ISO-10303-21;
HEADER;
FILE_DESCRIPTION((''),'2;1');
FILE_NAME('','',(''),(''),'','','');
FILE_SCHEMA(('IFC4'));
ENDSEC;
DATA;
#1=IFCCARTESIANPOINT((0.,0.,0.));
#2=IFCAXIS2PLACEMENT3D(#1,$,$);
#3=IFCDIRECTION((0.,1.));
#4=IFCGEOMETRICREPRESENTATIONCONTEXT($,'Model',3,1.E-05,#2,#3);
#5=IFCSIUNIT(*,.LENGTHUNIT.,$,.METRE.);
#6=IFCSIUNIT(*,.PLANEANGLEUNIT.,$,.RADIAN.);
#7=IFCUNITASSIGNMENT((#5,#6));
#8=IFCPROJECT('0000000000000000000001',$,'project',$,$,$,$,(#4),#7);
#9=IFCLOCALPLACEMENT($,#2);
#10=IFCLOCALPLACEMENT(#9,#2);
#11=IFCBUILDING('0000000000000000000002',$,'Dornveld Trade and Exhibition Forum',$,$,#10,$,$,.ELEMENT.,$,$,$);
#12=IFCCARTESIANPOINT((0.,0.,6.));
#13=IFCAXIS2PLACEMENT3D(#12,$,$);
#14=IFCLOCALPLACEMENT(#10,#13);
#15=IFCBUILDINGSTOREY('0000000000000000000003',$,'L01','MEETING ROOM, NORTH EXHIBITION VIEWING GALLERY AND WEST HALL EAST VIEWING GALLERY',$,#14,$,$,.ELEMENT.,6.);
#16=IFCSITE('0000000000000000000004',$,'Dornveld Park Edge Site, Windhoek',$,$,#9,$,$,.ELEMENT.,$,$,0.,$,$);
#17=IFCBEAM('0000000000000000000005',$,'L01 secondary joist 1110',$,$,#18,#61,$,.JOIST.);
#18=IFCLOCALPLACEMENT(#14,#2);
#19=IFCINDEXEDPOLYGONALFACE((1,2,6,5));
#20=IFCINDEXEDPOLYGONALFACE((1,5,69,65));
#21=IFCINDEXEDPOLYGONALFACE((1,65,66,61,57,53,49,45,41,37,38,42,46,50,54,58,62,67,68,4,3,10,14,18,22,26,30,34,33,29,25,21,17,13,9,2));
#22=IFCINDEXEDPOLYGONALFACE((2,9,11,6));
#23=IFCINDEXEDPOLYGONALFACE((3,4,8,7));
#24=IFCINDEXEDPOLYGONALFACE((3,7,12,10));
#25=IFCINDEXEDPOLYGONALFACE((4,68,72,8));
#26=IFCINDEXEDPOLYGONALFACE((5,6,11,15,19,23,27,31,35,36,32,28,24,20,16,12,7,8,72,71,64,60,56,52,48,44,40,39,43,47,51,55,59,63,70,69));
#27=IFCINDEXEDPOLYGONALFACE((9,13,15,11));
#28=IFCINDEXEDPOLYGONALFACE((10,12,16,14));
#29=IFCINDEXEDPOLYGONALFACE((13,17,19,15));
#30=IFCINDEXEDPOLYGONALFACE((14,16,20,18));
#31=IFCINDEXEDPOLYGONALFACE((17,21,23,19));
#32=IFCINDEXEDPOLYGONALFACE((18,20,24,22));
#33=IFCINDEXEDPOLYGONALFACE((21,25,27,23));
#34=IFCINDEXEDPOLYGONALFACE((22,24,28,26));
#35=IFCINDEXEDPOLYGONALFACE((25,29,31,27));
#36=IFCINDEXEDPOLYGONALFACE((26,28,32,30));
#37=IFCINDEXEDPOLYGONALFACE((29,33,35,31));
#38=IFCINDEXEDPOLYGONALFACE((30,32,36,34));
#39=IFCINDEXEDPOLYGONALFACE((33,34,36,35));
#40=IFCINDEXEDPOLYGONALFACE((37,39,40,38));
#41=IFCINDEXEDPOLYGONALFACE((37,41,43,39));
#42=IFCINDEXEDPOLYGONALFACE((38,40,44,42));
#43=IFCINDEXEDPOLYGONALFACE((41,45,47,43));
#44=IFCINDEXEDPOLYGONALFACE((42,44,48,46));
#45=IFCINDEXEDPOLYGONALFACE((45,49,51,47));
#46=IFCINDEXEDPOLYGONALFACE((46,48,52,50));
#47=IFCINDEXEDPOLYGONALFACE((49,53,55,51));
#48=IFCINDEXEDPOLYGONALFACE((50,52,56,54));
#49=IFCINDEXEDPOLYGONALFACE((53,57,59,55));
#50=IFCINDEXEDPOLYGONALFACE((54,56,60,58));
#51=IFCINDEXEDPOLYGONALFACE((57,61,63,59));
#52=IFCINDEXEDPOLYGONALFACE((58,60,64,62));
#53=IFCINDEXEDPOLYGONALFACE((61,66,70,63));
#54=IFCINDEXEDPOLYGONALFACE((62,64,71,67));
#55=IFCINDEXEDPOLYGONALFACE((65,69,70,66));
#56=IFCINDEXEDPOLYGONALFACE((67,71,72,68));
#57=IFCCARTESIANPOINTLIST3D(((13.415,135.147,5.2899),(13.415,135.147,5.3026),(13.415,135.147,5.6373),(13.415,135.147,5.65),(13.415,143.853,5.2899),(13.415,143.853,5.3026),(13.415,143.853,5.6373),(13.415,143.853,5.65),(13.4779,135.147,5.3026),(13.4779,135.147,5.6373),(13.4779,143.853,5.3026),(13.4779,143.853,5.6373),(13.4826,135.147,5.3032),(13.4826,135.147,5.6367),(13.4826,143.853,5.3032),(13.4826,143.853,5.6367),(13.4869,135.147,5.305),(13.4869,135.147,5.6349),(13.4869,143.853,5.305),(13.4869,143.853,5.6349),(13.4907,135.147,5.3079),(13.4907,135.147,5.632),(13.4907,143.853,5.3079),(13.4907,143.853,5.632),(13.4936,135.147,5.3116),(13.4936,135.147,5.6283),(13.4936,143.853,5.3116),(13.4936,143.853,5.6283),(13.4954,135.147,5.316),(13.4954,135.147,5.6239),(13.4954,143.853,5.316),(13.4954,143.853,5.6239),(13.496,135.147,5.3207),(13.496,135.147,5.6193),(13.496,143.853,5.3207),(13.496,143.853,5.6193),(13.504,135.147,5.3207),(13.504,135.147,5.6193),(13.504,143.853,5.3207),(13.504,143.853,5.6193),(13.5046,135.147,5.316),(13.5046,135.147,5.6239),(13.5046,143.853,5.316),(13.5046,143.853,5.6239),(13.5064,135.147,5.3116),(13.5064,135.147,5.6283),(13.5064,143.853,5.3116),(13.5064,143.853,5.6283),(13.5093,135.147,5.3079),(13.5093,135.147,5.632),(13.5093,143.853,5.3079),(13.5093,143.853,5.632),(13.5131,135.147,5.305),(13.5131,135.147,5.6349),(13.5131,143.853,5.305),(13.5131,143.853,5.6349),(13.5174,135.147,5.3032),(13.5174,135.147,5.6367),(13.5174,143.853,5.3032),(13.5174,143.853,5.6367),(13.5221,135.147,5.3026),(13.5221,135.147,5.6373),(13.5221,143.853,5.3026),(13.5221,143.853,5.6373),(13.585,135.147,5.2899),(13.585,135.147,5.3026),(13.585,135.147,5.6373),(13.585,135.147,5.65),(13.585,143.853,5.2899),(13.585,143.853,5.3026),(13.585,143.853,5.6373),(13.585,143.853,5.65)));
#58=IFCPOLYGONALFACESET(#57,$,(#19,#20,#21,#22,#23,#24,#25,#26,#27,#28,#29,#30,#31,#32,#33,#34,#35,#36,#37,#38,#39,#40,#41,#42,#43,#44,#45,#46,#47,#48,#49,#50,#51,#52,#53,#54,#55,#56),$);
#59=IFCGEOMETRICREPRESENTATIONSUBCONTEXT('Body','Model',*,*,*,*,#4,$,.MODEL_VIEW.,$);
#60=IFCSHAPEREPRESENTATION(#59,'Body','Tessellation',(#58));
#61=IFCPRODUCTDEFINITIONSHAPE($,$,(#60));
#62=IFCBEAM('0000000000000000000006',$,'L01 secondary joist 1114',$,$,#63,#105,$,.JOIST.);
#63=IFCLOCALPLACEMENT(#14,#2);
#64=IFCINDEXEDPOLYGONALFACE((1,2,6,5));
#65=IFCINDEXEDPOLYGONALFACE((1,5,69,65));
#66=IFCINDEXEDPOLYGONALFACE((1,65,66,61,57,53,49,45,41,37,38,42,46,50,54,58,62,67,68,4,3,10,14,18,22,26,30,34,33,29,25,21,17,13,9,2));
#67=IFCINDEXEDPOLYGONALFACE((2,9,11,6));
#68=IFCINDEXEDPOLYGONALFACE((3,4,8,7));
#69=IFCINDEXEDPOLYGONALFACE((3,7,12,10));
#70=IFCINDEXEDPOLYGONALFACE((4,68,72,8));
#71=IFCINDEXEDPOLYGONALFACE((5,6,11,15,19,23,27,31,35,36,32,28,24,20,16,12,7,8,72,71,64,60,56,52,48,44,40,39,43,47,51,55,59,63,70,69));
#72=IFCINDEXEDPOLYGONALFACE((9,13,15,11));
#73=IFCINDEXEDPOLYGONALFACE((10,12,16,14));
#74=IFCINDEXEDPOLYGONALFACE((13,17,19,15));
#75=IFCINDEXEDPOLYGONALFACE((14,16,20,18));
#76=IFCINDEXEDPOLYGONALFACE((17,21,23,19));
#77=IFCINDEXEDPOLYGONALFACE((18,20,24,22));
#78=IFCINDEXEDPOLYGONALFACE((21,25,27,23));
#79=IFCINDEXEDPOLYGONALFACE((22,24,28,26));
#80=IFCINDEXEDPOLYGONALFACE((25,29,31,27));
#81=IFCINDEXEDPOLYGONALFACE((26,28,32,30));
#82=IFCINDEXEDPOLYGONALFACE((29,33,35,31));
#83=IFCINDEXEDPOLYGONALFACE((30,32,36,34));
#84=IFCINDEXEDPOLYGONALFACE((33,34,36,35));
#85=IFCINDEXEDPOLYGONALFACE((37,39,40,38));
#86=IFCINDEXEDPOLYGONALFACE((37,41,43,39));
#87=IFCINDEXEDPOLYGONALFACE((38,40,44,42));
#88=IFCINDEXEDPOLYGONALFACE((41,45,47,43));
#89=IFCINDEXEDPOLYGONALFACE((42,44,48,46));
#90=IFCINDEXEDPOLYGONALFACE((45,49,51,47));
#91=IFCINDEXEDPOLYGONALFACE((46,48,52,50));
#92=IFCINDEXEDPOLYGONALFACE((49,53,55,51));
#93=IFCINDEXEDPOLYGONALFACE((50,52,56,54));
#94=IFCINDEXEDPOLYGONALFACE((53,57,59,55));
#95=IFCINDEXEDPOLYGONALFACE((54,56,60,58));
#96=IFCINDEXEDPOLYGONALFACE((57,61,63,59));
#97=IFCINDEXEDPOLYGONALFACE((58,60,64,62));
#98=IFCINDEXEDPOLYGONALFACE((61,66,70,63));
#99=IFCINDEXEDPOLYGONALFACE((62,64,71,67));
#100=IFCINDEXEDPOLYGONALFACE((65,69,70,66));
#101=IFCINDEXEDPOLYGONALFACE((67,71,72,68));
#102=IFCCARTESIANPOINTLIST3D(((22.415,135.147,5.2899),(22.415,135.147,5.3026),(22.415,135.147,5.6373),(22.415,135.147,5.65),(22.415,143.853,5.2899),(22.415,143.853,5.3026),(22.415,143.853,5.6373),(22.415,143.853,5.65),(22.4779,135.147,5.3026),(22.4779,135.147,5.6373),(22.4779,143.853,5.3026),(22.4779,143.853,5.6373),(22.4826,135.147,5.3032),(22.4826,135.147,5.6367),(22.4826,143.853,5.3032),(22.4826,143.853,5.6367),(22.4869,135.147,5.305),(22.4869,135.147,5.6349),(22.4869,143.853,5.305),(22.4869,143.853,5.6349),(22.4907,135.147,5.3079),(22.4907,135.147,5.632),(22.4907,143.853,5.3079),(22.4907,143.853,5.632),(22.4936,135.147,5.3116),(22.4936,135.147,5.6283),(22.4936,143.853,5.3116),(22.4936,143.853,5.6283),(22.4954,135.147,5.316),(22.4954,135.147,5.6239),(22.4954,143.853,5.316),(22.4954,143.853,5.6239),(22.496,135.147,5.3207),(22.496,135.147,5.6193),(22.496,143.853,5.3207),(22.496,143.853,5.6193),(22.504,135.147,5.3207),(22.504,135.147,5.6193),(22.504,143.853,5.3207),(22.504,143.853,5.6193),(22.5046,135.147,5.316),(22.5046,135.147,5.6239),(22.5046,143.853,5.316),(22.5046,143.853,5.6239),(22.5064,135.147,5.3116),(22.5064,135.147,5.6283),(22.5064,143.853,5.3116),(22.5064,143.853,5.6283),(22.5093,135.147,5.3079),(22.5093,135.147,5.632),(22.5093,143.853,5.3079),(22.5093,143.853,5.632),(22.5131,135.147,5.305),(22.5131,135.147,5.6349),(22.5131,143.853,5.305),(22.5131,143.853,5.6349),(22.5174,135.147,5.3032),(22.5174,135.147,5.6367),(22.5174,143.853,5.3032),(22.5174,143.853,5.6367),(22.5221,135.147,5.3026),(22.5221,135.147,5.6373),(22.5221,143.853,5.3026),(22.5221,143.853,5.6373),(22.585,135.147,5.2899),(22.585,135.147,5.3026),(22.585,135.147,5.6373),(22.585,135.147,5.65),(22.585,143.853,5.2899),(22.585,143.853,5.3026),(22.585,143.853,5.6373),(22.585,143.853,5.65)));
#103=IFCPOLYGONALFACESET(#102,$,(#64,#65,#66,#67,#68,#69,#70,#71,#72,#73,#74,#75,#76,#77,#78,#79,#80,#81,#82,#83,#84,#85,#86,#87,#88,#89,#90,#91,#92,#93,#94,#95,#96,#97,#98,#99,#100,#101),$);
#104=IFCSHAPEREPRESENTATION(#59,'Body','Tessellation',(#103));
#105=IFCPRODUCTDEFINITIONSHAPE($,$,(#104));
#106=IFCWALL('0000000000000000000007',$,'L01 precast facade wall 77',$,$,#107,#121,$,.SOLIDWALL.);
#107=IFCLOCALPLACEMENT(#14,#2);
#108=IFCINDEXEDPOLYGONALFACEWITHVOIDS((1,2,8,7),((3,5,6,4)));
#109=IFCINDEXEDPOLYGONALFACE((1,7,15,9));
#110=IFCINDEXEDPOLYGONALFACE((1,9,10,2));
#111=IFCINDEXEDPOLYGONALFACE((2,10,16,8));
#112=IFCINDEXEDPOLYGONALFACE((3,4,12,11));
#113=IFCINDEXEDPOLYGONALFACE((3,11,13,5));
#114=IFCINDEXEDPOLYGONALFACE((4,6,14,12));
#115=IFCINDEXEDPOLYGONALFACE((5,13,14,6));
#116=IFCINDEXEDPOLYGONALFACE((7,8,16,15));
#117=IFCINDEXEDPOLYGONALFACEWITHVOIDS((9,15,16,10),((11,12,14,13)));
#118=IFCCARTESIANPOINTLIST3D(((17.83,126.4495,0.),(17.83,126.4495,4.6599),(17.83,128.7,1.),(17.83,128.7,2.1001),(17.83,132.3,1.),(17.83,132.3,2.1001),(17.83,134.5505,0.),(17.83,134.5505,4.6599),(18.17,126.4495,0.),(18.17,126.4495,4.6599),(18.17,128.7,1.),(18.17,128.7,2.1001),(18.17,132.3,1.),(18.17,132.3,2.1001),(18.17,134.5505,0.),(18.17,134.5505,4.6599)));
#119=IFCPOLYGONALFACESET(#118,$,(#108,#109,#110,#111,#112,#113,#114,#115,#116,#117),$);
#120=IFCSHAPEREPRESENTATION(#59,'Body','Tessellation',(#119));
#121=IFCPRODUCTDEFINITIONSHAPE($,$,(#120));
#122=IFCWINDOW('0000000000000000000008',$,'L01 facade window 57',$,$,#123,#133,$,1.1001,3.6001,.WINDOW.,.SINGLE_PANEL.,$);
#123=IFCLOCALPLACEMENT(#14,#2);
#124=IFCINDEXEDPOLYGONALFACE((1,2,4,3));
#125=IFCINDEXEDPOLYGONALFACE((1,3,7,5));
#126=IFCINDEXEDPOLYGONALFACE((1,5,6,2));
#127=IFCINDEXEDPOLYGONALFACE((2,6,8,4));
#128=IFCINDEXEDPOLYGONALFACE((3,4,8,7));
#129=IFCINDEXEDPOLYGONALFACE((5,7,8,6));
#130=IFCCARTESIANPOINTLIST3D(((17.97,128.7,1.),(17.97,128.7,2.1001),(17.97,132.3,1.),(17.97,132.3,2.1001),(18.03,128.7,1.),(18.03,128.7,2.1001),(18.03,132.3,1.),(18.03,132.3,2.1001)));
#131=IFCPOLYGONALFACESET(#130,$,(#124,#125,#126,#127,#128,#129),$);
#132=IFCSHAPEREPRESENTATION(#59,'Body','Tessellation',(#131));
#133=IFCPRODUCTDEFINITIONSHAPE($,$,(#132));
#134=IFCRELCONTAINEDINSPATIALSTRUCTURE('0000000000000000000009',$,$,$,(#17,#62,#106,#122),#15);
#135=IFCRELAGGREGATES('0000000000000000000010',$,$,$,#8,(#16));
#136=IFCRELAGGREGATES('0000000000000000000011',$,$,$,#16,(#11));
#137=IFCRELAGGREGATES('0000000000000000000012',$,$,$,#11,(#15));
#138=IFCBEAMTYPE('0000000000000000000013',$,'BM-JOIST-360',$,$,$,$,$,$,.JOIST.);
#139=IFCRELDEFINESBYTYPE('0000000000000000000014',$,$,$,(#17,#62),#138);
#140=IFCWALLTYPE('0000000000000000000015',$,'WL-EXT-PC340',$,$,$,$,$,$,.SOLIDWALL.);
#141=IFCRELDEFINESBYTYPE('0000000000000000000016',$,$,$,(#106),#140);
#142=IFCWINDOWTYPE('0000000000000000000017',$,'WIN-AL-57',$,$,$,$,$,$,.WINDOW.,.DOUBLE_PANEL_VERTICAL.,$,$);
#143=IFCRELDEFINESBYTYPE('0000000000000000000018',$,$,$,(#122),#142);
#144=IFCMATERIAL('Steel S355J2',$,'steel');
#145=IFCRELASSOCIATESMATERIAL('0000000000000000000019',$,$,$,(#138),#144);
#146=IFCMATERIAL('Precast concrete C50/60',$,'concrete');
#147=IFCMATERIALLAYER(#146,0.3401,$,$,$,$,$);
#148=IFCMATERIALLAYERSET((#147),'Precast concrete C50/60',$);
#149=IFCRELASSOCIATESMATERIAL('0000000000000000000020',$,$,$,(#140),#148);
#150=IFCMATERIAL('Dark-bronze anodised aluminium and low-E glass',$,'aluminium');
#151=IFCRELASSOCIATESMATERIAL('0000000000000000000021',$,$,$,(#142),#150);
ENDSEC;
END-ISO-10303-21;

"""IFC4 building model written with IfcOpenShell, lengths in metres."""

from ifc_helpers import new_model, si_unit, direction, frame, frame_2d, origin, origin_2d, place, context, subcontext, project, spatial, rectangle, i_section, extrude, material, layer, layer_set, material_profile, profile_set, type_object, element, fill, save


model = new_model("IFC4")

# Units and contexts
model_context = context("Model", 3, precision=1e-05, world=origin(), true_north=direction((0.0, 1.0)))
body_context = subcontext(model_context, "Body", "Model", "MODEL_VIEW")
ifc_project = project(units=[si_unit("LENGTHUNIT", "METRE"), si_unit("PLANEANGLEUNIT", "RADIAN")], contexts=[model_context])

# Site, building, storey
site_placement = place(None, origin())
site = spatial("IfcSite", under=ifc_project, at=site_placement, Name="Dornveld Park Edge Site, Windhoek", CompositionType="ELEMENT", RefElevation=0.0)
building_placement = place(site_placement, origin())
building = spatial("IfcBuilding", under=site, at=building_placement, Name="Dornveld Trade and Exhibition Forum", CompositionType="ELEMENT")
storey_placement = place(building_placement, frame((0.0, 0.0, 6.0)))
storey = spatial("IfcBuildingStorey", under=building, at=storey_placement, Name="L01", Description="MEETING ROOM, NORTH EXHIBITION VIEWING GALLERY AND WEST HALL EAST VIEWING GALLERY", CompositionType="ELEMENT", Elevation=6.0)

# Beams
ifc_material_1 = material(Name="Steel S355J2", Category="steel")
ifc_material_profile_1 = material_profile(ifc_material_1, i_section(OverallWidth=0.1699, OverallDepth=0.3601, WebThickness=0.0081, FlangeThickness=0.0127, FilletRadius=0.0181, at=origin_2d()), Name="IPE 360")
ifc_profile_set_1 = profile_set([ifc_material_profile_1], Name="Steel S355J2")
beam_type_1 = type_object("IfcBeamType", Name="BM-JOIST-360", PredefinedType="JOIST", material=ifc_profile_set_1)
for number, where, z_axis, x_axis, name in (
    (1, (13.5, 135.147, 5.47), (0.0, 1.0, 0.0), (-1.0, 0.0, 0.0), "L01 secondary joist 1110"),
    (2, (22.5, 135.147, 5.47), (0.0, 1.0, 0.0), (-1.0, 0.0, 0.0), "L01 secondary joist 1114"),
):
    element("IfcBeam", number, at=place(storey_placement, frame(where, z_axis=z_axis, x_axis=x_axis)), inside=storey, type_object=beam_type_1, Name=name, PredefinedType="JOIST", context=body_context, shape_type="SweptSolid", body=[
        extrude(i_section(OverallWidth=0.1699, OverallDepth=0.3601, WebThickness=0.0081, FlangeThickness=0.0127, FilletRadius=0.0181, at=origin_2d()), origin(), (0.0, 0.0, 1.0), 8.7061),
    ])

# Wall, opening, window
ifc_material_2 = material(Name="Precast concrete C50/60", Category="concrete")
ifc_layer_1 = layer(ifc_material_2, 0.3401)
ifc_layer_set_1 = layer_set([ifc_layer_1], Name="Precast concrete C50/60")
wall_type = type_object("IfcWallType", Name="WL-EXT-PC340", PredefinedType="SOLIDWALL", material=ifc_layer_set_1)
wall_placement = place(storey_placement, frame((18.0, 134.5505, 0.0), z_axis=(0.0, 0.0, 1.0), x_axis=(0.0, -1.0, 0.0)))
wall = element("IfcWall", 3, at=wall_placement, inside=storey, type_object=wall_type, Name="L01 precast facade wall 77", PredefinedType="SOLIDWALL", context=body_context, shape_type="SweptSolid", body=[
    extrude(rectangle(XDim=8.1011, YDim=0.3401, at=frame_2d((4.0505, 0.0))), origin(), (0.0, 0.0, 1.0), 4.6599),
])
opening_placement = place(wall_placement, frame((2.2505, 0.0, 1.0)))
opening = element("IfcOpeningElement", 4, at=opening_placement, cuts=wall, PredefinedType="OPENING", context=body_context, shape_type="SweptSolid", body=[
    extrude(rectangle(XDim=3.6001, YDim=1.1001, at=frame_2d((1.8, 0.55))), frame((0.0, 0.1799, 0.0), z_axis=(0.0, -1.0, 0.0), x_axis=(1.0, 0.0, 0.0)), (0.0, 0.0, 1.0), 0.3601),
])
ifc_material_3 = material(Name="Dark-bronze anodised aluminium and low-E glass", Category="aluminium")
window_type = type_object("IfcWindowType", Name="WIN-AL-57", PartitioningType="DOUBLE_PANEL_VERTICAL", PredefinedType="WINDOW", material=ifc_material_3)
window_placement = place(opening_placement, origin())
window = element("IfcWindow", 5, at=window_placement, inside=storey, type_object=window_type, Name="L01 facade window 57", OverallHeight=1.1001, OverallWidth=3.6001, PartitioningType="SINGLE_PANEL", PredefinedType="WINDOW", context=body_context, shape_type="SweptSolid", body=[
    extrude(rectangle(XDim=3.6001, YDim=1.1001, at=frame_2d((1.8, 0.55))), frame((0.0, 0.03, 0.0), z_axis=(0.0, -1.0, 0.0), x_axis=(1.0, 0.0, 0.0)), (0.0, 0.0, 1.0), 0.0601),
])
fill(opening, window)

save(model, "model.ifc")
